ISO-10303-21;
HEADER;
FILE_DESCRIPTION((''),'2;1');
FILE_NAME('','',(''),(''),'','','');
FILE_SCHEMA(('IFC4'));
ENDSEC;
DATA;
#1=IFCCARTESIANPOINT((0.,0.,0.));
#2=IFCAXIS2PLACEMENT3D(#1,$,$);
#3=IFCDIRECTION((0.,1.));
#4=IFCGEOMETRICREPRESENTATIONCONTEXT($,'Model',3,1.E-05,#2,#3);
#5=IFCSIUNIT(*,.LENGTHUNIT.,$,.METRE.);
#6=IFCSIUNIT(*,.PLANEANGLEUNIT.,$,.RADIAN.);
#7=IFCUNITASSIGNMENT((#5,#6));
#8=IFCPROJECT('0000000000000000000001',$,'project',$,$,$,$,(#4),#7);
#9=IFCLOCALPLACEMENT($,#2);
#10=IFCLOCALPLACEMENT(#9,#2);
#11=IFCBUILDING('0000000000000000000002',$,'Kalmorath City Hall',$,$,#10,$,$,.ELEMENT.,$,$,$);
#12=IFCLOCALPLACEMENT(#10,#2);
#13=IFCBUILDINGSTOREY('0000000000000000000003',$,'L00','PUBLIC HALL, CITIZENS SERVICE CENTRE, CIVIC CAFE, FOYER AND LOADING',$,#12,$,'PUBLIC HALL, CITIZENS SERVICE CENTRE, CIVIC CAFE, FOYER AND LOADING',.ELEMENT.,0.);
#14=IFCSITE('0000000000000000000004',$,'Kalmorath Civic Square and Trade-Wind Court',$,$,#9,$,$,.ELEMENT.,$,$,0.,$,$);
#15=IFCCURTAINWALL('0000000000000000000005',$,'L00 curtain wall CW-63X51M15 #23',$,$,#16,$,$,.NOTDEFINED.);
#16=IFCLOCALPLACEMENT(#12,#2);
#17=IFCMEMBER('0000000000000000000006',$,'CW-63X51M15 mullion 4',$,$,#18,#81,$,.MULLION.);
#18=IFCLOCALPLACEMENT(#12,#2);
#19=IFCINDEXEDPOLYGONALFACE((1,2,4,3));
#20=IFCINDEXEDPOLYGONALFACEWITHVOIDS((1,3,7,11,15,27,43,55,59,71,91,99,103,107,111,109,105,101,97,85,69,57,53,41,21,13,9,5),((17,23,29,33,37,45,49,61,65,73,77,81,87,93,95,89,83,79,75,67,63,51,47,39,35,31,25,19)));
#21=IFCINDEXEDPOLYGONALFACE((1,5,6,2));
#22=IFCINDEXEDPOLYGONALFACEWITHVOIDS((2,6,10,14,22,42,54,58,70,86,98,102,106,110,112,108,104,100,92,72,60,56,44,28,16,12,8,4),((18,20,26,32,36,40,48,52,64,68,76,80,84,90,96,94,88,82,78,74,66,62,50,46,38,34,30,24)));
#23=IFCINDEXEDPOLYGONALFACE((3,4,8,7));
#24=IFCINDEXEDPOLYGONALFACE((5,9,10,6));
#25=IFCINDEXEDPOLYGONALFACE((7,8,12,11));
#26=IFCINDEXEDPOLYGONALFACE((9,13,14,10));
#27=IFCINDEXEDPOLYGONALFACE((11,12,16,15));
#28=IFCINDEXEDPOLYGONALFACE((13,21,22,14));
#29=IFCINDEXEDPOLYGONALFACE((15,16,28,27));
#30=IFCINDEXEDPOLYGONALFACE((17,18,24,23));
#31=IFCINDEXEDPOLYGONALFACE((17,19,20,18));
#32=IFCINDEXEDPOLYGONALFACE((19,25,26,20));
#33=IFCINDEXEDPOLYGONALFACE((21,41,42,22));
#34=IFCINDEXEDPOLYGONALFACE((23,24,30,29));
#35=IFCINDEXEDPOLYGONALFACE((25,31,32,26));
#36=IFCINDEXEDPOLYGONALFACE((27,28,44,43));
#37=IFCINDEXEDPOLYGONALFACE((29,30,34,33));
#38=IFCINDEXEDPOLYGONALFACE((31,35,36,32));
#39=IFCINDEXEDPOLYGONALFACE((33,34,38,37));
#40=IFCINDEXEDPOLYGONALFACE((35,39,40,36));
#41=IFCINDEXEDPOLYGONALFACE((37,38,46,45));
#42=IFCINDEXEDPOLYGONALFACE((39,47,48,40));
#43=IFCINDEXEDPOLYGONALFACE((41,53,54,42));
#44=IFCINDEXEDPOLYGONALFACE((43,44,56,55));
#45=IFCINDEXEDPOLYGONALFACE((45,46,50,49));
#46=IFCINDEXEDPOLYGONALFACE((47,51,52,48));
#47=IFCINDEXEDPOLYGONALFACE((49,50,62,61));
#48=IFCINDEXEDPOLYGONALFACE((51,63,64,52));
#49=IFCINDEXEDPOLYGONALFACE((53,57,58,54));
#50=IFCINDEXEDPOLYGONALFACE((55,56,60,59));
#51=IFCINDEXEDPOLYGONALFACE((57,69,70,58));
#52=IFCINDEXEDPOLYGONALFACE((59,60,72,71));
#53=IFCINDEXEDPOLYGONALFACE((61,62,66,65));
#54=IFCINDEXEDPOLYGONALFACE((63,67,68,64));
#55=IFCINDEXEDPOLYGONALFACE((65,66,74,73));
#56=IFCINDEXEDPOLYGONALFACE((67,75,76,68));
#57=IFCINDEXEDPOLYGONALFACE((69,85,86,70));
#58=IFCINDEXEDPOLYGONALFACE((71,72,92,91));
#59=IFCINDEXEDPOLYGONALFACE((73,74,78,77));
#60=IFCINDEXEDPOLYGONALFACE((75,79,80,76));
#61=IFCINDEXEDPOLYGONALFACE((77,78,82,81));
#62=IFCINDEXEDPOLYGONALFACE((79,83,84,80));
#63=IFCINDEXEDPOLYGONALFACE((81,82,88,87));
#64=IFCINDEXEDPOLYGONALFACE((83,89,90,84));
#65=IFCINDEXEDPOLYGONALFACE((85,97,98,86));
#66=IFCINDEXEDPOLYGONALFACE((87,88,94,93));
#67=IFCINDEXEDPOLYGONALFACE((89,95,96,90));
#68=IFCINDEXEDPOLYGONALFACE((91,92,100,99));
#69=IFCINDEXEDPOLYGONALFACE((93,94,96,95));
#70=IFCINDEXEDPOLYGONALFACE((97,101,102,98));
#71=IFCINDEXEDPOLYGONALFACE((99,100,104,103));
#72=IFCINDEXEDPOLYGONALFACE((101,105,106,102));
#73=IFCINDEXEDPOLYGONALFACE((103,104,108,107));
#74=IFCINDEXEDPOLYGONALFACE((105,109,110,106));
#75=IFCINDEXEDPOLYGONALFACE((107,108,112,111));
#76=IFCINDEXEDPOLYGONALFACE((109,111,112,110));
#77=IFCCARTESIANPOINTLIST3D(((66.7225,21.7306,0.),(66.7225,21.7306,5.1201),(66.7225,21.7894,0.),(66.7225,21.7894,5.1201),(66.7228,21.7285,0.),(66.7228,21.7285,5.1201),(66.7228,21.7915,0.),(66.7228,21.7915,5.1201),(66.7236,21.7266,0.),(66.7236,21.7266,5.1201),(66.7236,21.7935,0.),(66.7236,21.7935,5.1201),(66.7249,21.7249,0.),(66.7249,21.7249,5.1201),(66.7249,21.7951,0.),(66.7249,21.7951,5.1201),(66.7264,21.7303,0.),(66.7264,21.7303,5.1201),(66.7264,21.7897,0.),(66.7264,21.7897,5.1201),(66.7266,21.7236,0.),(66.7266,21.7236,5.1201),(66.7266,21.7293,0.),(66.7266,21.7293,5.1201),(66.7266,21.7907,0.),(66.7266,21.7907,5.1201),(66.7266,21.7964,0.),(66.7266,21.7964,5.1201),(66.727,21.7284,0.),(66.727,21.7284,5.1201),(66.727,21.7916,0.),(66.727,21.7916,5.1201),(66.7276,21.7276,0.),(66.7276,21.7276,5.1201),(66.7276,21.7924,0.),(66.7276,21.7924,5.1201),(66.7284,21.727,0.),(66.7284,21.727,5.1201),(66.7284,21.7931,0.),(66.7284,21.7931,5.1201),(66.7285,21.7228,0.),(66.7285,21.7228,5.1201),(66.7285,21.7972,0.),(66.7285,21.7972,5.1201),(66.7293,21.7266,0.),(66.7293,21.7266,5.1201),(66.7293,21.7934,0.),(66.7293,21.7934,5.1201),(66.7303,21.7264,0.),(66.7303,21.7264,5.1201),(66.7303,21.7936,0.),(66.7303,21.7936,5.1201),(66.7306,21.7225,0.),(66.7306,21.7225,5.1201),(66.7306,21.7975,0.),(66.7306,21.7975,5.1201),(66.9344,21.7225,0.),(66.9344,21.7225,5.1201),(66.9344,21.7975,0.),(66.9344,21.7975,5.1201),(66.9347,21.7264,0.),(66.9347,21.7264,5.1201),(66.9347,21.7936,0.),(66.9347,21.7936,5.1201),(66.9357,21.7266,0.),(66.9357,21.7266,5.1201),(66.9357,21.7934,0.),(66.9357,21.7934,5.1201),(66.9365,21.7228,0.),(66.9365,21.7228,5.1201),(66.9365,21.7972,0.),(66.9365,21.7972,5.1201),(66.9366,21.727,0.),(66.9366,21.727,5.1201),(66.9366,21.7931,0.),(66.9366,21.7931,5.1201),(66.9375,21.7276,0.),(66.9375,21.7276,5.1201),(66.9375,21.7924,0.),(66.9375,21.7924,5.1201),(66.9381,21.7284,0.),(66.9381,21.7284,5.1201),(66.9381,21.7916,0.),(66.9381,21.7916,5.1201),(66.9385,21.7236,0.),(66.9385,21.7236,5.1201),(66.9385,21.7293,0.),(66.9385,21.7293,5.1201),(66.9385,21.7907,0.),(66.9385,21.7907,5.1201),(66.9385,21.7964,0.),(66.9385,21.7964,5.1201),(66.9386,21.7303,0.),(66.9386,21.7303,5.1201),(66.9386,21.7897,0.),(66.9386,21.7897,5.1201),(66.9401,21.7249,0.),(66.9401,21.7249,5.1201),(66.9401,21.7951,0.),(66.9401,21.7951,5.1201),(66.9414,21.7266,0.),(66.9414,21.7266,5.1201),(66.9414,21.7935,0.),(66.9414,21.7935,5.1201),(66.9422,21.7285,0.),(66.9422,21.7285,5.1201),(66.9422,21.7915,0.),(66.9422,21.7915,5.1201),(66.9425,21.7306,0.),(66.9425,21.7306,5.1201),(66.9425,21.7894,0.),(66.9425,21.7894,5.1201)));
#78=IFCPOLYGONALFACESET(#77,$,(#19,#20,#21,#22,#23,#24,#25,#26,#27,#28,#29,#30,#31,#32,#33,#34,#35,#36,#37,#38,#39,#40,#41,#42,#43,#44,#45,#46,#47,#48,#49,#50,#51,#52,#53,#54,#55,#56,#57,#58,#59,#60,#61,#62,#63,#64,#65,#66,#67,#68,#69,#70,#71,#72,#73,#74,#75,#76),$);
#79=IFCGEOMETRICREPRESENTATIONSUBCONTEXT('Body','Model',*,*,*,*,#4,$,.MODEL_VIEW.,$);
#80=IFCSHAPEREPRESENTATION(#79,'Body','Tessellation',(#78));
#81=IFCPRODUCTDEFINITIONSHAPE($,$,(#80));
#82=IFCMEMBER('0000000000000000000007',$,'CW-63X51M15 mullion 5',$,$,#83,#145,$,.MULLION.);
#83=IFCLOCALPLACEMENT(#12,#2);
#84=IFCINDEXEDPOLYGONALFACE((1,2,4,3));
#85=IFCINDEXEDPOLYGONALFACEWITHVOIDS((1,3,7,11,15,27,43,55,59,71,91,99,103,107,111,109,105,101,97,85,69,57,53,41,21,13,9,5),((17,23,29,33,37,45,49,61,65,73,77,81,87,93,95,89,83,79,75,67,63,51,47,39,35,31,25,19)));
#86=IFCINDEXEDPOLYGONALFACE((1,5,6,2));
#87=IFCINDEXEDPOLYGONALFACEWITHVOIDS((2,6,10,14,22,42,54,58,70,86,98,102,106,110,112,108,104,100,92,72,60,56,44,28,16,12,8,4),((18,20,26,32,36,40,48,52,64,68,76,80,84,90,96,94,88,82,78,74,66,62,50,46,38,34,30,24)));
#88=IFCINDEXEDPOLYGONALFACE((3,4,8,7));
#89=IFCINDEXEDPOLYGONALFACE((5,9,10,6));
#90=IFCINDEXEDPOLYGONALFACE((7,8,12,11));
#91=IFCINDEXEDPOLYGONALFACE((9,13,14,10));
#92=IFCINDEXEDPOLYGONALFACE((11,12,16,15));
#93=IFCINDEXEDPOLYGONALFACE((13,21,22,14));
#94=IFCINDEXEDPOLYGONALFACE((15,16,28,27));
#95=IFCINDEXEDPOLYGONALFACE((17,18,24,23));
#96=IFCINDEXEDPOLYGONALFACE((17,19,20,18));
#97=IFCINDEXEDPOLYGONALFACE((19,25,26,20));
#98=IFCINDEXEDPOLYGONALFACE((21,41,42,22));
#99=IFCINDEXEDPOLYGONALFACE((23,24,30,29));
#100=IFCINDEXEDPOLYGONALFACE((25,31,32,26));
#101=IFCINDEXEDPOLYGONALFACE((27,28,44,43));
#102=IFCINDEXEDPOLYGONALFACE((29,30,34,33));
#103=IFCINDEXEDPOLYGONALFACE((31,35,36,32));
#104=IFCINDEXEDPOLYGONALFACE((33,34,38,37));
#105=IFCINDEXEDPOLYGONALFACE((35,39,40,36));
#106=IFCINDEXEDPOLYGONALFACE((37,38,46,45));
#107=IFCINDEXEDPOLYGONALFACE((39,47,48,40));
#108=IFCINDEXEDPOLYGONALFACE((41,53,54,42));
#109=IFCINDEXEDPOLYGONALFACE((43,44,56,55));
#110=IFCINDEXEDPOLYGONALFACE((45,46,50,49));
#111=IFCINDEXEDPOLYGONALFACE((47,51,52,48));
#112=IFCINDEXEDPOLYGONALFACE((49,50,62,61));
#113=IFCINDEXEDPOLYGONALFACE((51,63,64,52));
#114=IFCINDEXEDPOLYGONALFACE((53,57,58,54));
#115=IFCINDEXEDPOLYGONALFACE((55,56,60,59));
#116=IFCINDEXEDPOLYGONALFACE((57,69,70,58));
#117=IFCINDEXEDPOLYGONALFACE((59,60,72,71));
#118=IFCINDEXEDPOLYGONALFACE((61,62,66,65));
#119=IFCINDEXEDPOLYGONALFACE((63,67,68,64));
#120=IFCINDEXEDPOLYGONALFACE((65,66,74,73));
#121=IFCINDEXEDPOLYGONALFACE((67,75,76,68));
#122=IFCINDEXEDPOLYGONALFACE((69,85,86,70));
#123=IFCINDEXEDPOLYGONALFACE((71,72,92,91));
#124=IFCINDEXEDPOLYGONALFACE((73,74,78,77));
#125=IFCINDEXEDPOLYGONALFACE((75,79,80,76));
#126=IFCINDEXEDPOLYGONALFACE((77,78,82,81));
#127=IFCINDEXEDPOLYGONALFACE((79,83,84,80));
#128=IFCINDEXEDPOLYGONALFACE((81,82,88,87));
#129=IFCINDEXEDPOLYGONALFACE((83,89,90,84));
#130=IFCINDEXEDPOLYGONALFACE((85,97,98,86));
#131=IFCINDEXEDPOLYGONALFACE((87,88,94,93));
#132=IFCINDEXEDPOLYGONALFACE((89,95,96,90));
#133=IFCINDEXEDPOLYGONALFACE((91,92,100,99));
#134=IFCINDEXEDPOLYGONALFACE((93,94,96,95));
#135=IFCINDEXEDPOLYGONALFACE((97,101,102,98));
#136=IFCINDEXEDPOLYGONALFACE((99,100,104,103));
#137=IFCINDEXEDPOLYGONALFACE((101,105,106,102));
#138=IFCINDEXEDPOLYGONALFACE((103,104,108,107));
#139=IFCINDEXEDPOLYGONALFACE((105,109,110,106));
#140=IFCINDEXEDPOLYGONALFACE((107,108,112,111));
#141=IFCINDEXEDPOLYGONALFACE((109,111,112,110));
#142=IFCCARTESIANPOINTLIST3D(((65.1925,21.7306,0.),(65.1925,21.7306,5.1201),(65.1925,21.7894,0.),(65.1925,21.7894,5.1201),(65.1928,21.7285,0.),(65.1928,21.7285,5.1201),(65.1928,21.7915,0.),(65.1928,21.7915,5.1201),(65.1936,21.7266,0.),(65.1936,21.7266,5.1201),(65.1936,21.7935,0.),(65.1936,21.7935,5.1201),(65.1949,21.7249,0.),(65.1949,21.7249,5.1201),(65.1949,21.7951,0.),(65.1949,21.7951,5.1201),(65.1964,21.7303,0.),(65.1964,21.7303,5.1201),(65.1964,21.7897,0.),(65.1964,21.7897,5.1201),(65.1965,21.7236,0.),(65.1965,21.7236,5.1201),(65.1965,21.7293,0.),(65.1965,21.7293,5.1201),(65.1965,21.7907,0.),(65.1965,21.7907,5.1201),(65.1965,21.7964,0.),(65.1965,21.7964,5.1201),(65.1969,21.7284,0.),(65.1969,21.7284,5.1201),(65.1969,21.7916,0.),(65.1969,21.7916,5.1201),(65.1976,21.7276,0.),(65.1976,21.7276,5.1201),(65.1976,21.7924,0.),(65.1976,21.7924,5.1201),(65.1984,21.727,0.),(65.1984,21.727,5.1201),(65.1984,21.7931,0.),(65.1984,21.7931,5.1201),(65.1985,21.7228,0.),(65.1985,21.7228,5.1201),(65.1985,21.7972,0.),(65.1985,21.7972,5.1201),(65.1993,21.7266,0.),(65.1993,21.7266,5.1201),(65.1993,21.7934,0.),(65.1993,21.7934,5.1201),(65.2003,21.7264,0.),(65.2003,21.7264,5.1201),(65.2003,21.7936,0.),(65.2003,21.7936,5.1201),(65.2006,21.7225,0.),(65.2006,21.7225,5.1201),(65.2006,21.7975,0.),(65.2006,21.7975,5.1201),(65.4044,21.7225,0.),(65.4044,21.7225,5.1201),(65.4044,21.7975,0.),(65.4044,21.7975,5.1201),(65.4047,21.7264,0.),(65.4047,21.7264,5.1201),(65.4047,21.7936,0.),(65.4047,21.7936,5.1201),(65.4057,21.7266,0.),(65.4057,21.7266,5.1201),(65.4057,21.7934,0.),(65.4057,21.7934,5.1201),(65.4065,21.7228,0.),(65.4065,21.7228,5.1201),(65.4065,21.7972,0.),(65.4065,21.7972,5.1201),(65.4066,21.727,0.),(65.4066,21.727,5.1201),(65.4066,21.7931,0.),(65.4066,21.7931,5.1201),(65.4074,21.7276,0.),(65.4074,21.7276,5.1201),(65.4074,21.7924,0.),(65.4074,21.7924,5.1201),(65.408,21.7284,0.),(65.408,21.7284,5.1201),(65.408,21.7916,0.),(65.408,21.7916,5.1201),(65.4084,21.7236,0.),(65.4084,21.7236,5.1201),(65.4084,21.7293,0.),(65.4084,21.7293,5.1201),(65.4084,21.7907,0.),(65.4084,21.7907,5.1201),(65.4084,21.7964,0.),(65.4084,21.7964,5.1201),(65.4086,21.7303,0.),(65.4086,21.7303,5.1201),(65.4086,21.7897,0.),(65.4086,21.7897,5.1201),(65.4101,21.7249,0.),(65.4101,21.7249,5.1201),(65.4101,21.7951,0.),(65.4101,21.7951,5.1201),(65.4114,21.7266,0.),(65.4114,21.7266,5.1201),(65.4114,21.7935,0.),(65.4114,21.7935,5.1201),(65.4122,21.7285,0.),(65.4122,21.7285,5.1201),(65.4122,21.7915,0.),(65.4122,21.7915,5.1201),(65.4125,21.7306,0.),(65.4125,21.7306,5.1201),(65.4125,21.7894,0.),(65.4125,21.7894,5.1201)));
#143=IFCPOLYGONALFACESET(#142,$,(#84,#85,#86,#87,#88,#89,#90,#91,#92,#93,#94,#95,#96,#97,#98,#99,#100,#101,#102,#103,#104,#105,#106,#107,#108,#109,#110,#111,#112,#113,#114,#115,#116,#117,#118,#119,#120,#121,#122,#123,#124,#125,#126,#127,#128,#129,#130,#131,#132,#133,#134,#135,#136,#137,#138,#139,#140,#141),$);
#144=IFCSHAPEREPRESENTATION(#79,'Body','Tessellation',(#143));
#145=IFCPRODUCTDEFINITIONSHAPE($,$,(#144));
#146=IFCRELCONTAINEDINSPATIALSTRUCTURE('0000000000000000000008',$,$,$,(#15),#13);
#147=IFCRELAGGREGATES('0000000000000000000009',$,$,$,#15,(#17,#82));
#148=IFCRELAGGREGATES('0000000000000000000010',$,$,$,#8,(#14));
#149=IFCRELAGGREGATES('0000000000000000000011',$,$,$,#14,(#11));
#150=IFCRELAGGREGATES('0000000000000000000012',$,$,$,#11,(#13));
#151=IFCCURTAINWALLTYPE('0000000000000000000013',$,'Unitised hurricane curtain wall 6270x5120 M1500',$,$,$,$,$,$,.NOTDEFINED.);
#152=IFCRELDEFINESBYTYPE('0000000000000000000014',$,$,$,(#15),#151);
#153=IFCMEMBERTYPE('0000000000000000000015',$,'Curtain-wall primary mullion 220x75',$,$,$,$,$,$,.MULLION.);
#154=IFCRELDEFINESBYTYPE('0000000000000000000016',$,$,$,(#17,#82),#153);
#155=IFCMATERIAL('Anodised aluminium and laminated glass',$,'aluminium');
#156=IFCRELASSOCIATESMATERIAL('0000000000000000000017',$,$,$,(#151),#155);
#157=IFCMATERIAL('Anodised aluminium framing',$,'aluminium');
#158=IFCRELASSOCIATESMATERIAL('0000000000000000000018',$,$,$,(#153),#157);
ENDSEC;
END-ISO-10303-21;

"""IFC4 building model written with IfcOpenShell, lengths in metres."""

from ifc_helpers import new_model, si_unit, direction, frame, origin, origin_2d, place, context, subcontext, project, spatial, hollow_rectangle, extrude, material, material_profile, profile_set, type_object, element, aggregate, save


model = new_model("IFC4")

# Units and contexts
model_context = context("Model", 3, precision=1e-05, world=origin(), true_north=direction((0.0, 1.0)))
body_context = subcontext(model_context, "Body", "Model", "MODEL_VIEW")
ifc_project = project(units=[si_unit("LENGTHUNIT", "METRE"), si_unit("PLANEANGLEUNIT", "RADIAN")], contexts=[model_context])

# Site, building, storey
site_placement = place(None, origin())
site = spatial("IfcSite", under=ifc_project, at=site_placement, Name="Kalmorath Civic Square and Trade-Wind Court", CompositionType="ELEMENT", RefElevation=0.0)
building_placement = place(site_placement, origin())
building = spatial("IfcBuilding", under=site, at=building_placement, Name="Kalmorath City Hall", CompositionType="ELEMENT")
storey_placement = place(building_placement, origin())
storey = spatial("IfcBuildingStorey", under=building, at=storey_placement, Name="L00", Description="PUBLIC HALL, CITIZENS SERVICE CENTRE, CIVIC CAFE, FOYER AND LOADING", LongName="PUBLIC HALL, CITIZENS SERVICE CENTRE, CIVIC CAFE, FOYER AND LOADING", CompositionType="ELEMENT", Elevation=0.0)

# Curtain wall, members
ifc_material_1 = material(Name="Anodised aluminium and laminated glass", Category="aluminium")
curtain_wall_type = type_object("IfcCurtainWallType", Name="Unitised hurricane curtain wall 6270x5120 M1500", PredefinedType="NOTDEFINED", material=ifc_material_1)
curtain_wall_placement = place(storey_placement, origin())
curtain_wall = element("IfcCurtainWall", 1, at=curtain_wall_placement, inside=storey, type_object=curtain_wall_type, Name="L00 curtain wall CW-63X51M15 #23", PredefinedType="NOTDEFINED")
ifc_material_2 = material(Name="Anodised aluminium framing", Category="aluminium")
ifc_material_profile_1 = material_profile(ifc_material_2, hollow_rectangle(XDim=0.075, YDim=0.22, WallThickness=0.0039, InnerFilletRadius=0.0039, OuterFilletRadius=0.0081, at=origin_2d()), Name="ALU-MUL-220X75X4")
ifc_profile_set_1 = profile_set([ifc_material_profile_1], Name="Anodised aluminium framing")
member_type_1 = type_object("IfcMemberType", Name="Curtain-wall primary mullion 220x75", PredefinedType="MULLION", material=ifc_profile_set_1)
member_1_placement = place(storey_placement, frame((66.8325, 21.76, 0.0), z_axis=(0.0, 0.0, 1.0), x_axis=(0.0, -1.0, 0.0)))
member_1 = element("IfcMember", 2, at=member_1_placement, type_object=member_type_1, Name="CW-63X51M15 mullion 4", PredefinedType="MULLION", context=body_context, shape_type="SweptSolid", body=[
    extrude(hollow_rectangle(XDim=0.075, YDim=0.22, WallThickness=0.0039, InnerFilletRadius=0.0039, OuterFilletRadius=0.0081, at=origin_2d()), origin(), (0.0, 0.0, 1.0), 5.1201),
])
member_2_placement = place(storey_placement, frame((65.3025, 21.76, 0.0), z_axis=(0.0, 0.0, 1.0), x_axis=(0.0, -1.0, 0.0)))
member_2 = element("IfcMember", 3, at=member_2_placement, type_object=member_type_1, Name="CW-63X51M15 mullion 5", PredefinedType="MULLION", context=body_context, shape_type="SweptSolid", body=[
    extrude(hollow_rectangle(XDim=0.075, YDim=0.22, WallThickness=0.0039, InnerFilletRadius=0.0039, OuterFilletRadius=0.0081, at=origin_2d()), origin(), (0.0, 0.0, 1.0), 5.1201),
])

aggregate(curtain_wall, [member_1, member_2])

save(model, "model.ifc")
